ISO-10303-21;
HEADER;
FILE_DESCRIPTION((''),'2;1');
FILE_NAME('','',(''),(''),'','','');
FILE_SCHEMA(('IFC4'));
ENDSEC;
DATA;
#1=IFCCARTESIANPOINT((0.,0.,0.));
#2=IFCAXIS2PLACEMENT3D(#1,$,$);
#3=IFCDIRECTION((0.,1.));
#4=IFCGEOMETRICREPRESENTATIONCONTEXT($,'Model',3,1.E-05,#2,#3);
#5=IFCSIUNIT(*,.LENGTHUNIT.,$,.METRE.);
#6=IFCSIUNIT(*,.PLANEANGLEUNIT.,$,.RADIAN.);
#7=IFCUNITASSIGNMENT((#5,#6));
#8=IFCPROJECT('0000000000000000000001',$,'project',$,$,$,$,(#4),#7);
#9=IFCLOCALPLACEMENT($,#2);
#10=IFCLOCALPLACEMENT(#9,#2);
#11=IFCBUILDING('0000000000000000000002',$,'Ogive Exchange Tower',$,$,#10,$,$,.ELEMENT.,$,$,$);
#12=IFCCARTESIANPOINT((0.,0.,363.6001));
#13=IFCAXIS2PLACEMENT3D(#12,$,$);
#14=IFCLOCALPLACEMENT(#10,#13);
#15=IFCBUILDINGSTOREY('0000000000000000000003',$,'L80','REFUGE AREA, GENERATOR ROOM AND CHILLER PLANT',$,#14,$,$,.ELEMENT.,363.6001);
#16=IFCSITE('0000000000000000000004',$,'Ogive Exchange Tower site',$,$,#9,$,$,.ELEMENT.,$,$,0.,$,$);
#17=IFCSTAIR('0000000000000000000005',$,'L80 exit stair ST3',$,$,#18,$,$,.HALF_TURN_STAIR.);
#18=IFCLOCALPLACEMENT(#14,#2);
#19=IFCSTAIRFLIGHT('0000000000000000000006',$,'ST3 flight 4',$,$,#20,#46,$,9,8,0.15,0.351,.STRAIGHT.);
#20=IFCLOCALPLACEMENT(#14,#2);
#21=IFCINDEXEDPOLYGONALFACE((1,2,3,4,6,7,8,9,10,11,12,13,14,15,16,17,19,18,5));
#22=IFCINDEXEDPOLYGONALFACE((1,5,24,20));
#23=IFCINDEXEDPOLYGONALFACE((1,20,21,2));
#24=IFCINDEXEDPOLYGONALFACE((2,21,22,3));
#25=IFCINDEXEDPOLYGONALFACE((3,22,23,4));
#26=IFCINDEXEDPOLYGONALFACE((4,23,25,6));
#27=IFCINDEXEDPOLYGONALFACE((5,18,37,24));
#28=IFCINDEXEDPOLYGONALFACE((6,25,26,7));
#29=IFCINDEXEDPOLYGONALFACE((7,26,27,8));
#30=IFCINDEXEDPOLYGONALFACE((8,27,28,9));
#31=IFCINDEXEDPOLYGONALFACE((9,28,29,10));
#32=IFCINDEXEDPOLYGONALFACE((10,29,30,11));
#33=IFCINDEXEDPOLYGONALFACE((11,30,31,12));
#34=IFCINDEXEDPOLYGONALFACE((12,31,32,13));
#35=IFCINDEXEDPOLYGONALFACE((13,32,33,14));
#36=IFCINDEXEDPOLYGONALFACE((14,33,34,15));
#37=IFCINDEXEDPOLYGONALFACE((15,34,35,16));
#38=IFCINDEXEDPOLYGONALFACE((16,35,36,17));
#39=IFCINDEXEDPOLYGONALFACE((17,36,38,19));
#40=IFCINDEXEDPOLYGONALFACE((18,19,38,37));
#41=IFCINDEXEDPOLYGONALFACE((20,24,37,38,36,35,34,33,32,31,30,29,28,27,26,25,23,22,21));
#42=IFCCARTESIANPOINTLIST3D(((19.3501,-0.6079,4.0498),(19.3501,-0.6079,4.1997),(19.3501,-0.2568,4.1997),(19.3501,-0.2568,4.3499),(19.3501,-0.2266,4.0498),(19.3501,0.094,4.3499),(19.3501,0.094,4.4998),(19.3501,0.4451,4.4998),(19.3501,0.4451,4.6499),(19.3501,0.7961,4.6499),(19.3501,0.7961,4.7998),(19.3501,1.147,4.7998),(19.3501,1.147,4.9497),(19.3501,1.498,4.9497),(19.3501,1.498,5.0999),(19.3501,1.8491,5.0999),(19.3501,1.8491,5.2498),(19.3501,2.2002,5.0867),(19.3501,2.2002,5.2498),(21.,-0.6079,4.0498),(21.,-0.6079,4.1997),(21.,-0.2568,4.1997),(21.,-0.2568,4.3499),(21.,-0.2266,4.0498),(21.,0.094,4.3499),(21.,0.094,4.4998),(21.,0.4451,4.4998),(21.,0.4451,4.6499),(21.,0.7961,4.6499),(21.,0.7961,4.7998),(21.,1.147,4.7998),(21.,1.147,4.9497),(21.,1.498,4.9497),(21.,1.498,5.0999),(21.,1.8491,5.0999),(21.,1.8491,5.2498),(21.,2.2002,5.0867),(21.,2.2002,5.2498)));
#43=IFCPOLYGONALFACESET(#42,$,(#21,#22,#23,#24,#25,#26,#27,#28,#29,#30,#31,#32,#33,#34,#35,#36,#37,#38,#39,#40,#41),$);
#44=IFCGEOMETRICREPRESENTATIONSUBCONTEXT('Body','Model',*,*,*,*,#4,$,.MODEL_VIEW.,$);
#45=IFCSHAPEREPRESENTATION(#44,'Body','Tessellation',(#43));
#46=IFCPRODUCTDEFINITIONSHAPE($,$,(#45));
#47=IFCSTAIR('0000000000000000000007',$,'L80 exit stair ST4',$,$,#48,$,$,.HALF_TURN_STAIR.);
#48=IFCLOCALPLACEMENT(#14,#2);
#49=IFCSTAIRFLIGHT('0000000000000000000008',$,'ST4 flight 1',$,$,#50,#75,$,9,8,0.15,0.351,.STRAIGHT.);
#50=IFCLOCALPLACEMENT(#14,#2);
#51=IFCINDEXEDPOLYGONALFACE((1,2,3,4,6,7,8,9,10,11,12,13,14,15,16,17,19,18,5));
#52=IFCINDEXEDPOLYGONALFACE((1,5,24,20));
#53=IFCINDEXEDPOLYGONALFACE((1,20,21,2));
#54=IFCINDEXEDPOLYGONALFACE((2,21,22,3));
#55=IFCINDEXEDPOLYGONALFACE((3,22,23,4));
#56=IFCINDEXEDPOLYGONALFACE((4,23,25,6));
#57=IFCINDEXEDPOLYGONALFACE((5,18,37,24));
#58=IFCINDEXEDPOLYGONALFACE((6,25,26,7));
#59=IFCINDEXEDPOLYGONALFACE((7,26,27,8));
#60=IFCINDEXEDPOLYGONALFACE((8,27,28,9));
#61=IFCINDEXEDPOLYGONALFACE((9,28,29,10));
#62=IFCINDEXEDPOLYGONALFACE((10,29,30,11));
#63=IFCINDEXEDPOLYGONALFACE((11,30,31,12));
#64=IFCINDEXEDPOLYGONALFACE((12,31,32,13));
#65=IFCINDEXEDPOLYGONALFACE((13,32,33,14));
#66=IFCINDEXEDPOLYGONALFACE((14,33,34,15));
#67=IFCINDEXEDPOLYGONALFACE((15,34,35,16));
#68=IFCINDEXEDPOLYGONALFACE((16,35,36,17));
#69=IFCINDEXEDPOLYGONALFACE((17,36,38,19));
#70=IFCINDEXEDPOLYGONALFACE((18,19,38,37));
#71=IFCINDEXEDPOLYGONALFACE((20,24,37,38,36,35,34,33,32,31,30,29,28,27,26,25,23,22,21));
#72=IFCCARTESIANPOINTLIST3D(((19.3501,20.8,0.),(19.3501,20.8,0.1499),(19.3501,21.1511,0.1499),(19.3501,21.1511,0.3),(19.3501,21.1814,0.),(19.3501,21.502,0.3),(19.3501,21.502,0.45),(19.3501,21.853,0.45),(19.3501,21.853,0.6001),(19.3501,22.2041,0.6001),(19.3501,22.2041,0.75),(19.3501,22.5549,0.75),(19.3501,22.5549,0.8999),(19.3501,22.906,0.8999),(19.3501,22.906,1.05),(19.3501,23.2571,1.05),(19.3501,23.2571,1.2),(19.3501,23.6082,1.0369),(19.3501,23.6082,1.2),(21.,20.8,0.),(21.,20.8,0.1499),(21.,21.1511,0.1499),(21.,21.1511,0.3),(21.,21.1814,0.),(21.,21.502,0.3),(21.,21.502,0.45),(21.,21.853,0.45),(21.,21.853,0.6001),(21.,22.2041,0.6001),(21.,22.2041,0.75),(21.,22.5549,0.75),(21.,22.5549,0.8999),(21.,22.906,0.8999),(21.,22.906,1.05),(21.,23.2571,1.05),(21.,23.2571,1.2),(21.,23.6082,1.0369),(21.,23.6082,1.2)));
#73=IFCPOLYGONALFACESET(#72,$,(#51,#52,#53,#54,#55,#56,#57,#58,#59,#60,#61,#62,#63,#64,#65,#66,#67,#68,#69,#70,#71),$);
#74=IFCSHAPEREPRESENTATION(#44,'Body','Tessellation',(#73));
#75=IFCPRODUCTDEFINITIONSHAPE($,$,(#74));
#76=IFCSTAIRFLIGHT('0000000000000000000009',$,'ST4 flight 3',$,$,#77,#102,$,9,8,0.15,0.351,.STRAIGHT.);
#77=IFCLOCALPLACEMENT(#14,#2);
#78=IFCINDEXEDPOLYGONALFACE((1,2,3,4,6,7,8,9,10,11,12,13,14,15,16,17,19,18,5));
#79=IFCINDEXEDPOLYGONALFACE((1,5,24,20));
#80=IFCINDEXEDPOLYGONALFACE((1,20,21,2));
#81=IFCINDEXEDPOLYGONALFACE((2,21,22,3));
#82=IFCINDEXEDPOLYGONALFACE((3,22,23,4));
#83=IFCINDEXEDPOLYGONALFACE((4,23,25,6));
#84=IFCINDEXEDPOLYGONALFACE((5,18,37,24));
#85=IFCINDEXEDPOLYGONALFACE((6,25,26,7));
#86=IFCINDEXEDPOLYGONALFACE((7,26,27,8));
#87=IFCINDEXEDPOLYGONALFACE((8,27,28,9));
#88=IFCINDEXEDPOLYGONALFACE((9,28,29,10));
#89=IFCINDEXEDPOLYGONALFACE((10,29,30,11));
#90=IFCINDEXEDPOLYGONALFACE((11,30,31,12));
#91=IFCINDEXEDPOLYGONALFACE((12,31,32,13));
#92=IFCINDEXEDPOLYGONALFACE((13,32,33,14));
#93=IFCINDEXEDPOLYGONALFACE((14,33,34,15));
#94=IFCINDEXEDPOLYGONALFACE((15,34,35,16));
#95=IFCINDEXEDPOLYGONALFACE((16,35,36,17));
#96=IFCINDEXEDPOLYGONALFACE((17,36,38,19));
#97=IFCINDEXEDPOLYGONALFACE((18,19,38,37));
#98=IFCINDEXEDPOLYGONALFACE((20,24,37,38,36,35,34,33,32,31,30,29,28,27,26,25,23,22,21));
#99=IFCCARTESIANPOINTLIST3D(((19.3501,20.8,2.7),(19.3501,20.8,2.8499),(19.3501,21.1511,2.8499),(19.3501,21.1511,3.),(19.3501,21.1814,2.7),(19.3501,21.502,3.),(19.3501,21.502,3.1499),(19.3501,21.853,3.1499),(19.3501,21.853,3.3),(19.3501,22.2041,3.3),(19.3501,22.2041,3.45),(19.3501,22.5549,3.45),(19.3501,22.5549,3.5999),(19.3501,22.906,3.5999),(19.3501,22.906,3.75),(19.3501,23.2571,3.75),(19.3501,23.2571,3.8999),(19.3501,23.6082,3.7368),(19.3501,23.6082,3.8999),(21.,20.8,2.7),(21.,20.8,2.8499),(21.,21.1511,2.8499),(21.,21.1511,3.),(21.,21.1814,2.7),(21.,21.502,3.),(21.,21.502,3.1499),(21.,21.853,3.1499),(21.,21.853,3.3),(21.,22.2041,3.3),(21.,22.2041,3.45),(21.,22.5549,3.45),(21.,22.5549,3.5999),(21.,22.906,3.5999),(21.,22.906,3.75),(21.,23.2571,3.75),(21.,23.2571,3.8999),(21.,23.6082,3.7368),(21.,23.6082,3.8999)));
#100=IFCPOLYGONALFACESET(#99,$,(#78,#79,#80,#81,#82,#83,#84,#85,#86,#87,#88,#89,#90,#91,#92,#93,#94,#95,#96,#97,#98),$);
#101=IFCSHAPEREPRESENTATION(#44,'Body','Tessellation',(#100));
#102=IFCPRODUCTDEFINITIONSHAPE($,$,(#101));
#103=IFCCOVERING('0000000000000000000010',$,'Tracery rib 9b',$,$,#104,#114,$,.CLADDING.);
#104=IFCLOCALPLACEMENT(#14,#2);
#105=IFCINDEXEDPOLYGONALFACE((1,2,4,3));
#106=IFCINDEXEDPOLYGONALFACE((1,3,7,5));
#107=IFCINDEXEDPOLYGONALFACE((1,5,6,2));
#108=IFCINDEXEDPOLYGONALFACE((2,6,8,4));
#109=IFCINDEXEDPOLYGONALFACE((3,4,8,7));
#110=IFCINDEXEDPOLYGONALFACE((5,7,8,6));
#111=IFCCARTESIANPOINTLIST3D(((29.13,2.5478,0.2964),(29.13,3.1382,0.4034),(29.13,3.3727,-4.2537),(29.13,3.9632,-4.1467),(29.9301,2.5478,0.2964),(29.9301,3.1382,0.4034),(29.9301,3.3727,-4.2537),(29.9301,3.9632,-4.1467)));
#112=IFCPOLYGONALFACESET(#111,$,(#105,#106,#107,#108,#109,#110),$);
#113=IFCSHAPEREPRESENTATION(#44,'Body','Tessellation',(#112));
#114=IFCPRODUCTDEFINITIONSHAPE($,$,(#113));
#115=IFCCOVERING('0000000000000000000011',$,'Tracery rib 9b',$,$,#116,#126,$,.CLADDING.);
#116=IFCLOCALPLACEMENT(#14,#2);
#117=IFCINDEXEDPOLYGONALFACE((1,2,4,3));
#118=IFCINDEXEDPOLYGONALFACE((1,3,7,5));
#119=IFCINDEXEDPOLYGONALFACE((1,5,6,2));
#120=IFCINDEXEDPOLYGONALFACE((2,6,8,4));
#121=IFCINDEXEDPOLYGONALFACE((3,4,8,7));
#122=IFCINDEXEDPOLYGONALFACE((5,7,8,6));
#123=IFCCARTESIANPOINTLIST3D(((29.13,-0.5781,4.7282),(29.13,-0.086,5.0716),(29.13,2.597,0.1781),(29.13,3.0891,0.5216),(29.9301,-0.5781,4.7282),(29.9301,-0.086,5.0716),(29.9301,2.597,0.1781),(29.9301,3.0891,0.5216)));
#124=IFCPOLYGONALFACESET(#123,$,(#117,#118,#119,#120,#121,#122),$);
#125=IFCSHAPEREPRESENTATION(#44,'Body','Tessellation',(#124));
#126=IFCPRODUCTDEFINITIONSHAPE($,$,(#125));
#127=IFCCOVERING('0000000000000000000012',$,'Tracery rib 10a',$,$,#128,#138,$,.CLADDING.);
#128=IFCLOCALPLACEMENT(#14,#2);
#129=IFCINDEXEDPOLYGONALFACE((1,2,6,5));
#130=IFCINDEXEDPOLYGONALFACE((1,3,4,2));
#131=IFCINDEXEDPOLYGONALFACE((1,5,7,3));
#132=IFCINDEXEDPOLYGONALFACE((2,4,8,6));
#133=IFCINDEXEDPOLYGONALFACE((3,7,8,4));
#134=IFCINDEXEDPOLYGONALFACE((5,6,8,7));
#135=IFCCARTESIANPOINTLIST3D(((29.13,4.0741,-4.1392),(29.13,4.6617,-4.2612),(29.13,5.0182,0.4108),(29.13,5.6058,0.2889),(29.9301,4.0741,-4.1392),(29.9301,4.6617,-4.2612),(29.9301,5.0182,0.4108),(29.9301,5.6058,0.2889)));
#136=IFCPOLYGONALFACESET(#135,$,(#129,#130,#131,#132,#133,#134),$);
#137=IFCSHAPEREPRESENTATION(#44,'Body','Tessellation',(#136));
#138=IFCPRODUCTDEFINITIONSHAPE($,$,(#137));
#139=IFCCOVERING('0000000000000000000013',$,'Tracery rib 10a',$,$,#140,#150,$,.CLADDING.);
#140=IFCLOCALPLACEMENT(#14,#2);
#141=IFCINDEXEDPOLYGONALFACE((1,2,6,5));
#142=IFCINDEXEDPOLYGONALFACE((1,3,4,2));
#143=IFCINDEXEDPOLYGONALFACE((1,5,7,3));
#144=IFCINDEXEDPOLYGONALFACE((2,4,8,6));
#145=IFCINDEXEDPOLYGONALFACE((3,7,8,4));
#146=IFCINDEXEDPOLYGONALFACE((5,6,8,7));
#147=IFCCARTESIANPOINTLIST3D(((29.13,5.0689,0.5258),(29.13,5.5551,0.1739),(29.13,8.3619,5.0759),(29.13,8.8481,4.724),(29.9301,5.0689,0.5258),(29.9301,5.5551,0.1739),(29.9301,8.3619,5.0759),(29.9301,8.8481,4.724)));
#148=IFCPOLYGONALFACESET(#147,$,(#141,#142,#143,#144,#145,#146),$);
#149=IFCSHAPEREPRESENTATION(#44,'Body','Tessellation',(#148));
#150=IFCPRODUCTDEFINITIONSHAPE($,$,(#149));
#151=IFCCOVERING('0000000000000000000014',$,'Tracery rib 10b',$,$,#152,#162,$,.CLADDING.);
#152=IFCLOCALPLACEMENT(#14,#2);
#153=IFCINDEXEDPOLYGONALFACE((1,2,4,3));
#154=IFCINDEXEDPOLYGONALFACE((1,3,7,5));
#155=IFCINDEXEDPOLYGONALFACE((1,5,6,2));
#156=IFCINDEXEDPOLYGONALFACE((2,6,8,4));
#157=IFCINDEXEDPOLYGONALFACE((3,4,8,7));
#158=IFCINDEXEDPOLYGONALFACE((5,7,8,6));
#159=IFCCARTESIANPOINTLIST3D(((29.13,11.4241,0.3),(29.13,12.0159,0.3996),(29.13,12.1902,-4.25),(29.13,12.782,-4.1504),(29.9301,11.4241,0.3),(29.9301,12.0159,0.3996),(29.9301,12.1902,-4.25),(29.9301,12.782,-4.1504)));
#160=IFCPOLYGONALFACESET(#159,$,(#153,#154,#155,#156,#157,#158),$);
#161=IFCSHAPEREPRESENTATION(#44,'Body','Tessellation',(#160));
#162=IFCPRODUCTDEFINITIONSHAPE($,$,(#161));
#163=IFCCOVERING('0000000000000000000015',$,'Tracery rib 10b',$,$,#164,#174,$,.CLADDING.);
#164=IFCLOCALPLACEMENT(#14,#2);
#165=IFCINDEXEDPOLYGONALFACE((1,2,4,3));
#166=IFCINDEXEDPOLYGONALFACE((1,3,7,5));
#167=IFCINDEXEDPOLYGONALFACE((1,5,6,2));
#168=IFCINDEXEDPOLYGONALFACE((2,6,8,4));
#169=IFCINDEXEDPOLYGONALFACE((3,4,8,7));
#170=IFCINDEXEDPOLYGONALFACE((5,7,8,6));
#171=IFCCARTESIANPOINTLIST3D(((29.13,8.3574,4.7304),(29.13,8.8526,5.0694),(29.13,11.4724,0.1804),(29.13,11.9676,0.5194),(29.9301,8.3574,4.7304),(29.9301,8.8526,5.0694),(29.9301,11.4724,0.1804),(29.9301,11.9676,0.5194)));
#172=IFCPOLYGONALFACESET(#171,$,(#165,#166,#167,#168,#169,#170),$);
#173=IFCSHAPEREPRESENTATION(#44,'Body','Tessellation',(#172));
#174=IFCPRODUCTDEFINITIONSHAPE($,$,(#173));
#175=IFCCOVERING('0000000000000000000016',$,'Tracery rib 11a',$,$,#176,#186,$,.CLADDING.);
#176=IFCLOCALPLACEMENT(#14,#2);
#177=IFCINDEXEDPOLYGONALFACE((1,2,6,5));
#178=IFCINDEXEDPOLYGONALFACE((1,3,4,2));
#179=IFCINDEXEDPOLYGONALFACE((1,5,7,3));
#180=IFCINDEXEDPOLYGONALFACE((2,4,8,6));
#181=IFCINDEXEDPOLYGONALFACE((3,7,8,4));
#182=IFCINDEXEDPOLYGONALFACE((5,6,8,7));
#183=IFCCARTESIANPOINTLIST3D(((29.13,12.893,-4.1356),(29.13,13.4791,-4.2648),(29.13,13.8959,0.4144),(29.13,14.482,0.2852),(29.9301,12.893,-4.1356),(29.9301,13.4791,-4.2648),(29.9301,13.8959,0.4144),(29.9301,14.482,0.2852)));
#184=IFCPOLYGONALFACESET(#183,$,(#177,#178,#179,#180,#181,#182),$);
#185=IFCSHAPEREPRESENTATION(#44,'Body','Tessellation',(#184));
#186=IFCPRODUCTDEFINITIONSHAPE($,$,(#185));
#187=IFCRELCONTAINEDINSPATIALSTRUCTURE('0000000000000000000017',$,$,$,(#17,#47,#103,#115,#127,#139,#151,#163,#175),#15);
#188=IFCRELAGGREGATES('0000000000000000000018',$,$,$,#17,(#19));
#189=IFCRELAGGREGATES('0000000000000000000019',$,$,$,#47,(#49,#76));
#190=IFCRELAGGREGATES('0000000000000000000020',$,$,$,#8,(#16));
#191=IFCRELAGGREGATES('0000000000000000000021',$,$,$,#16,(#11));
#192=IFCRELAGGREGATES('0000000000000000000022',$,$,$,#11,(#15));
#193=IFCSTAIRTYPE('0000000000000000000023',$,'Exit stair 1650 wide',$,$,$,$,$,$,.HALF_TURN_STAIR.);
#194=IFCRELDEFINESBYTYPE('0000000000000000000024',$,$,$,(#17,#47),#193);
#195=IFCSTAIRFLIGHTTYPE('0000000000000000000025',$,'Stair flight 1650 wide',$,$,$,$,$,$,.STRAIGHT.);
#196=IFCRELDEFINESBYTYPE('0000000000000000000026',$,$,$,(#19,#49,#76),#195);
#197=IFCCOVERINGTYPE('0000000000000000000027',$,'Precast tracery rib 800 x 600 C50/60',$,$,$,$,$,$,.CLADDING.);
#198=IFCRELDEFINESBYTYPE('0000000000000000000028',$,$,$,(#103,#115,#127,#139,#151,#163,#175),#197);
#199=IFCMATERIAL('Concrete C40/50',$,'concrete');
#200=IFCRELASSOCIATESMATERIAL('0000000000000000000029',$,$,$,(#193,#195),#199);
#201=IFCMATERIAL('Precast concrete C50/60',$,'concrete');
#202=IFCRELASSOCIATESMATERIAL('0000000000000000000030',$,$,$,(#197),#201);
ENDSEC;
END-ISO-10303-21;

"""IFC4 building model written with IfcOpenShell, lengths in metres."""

from ifc_helpers import new_model, si_unit, direction, frame, origin, origin_2d, place, context, subcontext, project, spatial, polyline, rectangle, outline, extrude, material, material_profile, profile_set, type_object, element, aggregate, save


model = new_model("IFC4")

# Units and contexts
model_context = context("Model", 3, precision=1e-05, world=origin(), true_north=direction((0.0, 1.0)))
body_context = subcontext(model_context, "Body", "Model", "MODEL_VIEW")
ifc_project = project(units=[si_unit("LENGTHUNIT", "METRE"), si_unit("PLANEANGLEUNIT", "RADIAN")], contexts=[model_context])

# Site, building, storey
site_placement = place(None, origin())
site = spatial("IfcSite", under=ifc_project, at=site_placement, Name="Ogive Exchange Tower site", CompositionType="ELEMENT", RefElevation=0.0)
building_placement = place(site_placement, origin())
building = spatial("IfcBuilding", under=site, at=building_placement, Name="Ogive Exchange Tower", CompositionType="ELEMENT")
storey_placement = place(building_placement, frame((0.0, 0.0, 363.6001)))
storey = spatial("IfcBuildingStorey", under=building, at=storey_placement, Name="L80", Description="REFUGE AREA, GENERATOR ROOM AND CHILLER PLANT", CompositionType="ELEMENT", Elevation=363.6001)

# Stairs, stair flights
ifc_material_1 = material(Name="Concrete C40/50", Category="concrete")
stair_type = type_object("IfcStairType", Name="Exit stair 1650 wide", PredefinedType="HALF_TURN_STAIR", material=ifc_material_1)
stair_1_placement = place(storey_placement, origin())
stair_1 = element("IfcStair", 1, at=stair_1_placement, inside=storey, type_object=stair_type, Name="L80 exit stair ST3", PredefinedType="HALF_TURN_STAIR")
stair_flight_type = type_object("IfcStairFlightType", Name="Stair flight 1650 wide", PredefinedType="STRAIGHT", material=ifc_material_1)
stair_flight_1_placement = place(storey_placement, frame((20.175, -0.6079, 4.0498), z_axis=(0.0, 0.0, 1.0), x_axis=(0.0, 1.0, 0.0)))
stair_flight_1 = element("IfcStairFlight", 2, at=stair_flight_1_placement, type_object=stair_flight_type, Name="ST3 flight 4", NumberOfRisers=9, NumberOfTreads=8, PredefinedType="STRAIGHT", RiserHeight=0.15, TreadLength=0.351, context=body_context, shape_type="SweptSolid", body=[
    extrude(outline(polyline([(0.0, 0.0), (0.0, 0.1499), (0.3511, 0.1499), (0.3511, 0.3), (0.7019, 0.3), (0.7019, 0.45), (1.053, 0.45), (1.053, 0.6001), (1.4041, 0.6001), (1.4041, 0.75), (1.7549, 0.75), (1.7549, 0.8999), (2.106, 0.8999), (2.106, 1.05), (2.457, 1.05), (2.457, 1.2), (2.8081, 1.2), (2.8081, 1.3501), (2.8081, 1.0369), (0.3813, 0.0), (0.0, 0.0)])), frame((0.0, 0.825, 0.0), z_axis=(0.0, -1.0, 0.0), x_axis=(1.0, 0.0, 0.0)), (0.0, 0.0, 1.0), 1.6499),
])
aggregate(stair_1, [stair_flight_1])
stair_2_placement = place(storey_placement, origin())
stair_2 = element("IfcStair", 3, at=stair_2_placement, inside=storey, type_object=stair_type, Name="L80 exit stair ST4", PredefinedType="HALF_TURN_STAIR")
stair_flight_2_placement = place(storey_placement, frame((20.175, 20.8, 0.0), z_axis=(0.0, 0.0, 1.0), x_axis=(0.0, 1.0, 0.0)))
stair_flight_2 = element("IfcStairFlight", 4, at=stair_flight_2_placement, type_object=stair_flight_type, Name="ST4 flight 1", NumberOfRisers=9, NumberOfTreads=8, PredefinedType="STRAIGHT", RiserHeight=0.15, TreadLength=0.351, context=body_context, shape_type="SweptSolid", body=[
    extrude(outline(polyline([(0.0, 0.0), (0.0, 0.1499), (0.3511, 0.1499), (0.3511, 0.3), (0.7019, 0.3), (0.7019, 0.45), (1.053, 0.45), (1.053, 0.6001), (1.4041, 0.6001), (1.4041, 0.75), (1.7549, 0.75), (1.7549, 0.8999), (2.106, 0.8999), (2.106, 1.05), (2.457, 1.05), (2.457, 1.2), (2.8081, 1.2), (2.8081, 1.3501), (2.8081, 1.0369), (0.3813, 0.0), (0.0, 0.0)])), frame((0.0, 0.825, 0.0), z_axis=(0.0, -1.0, 0.0), x_axis=(1.0, 0.0, 0.0)), (0.0, 0.0, 1.0), 1.6499),
])
stair_flight_3_placement = place(storey_placement, frame((20.175, 20.8, 2.7), z_axis=(0.0, 0.0, 1.0), x_axis=(0.0, 1.0, 0.0)))
stair_flight_3 = element("IfcStairFlight", 5, at=stair_flight_3_placement, type_object=stair_flight_type, Name="ST4 flight 3", NumberOfRisers=9, NumberOfTreads=8, PredefinedType="STRAIGHT", RiserHeight=0.15, TreadLength=0.351, context=body_context, shape_type="SweptSolid", body=[
    extrude(outline(polyline([(0.0, 0.0), (0.0, 0.1499), (0.3511, 0.1499), (0.3511, 0.3), (0.7019, 0.3), (0.7019, 0.45), (1.053, 0.45), (1.053, 0.6001), (1.4041, 0.6001), (1.4041, 0.75), (1.7549, 0.75), (1.7549, 0.8999), (2.106, 0.8999), (2.106, 1.05), (2.457, 1.05), (2.457, 1.2), (2.8081, 1.2), (2.8081, 1.3501), (2.8081, 1.0369), (0.3813, 0.0), (0.0, 0.0)])), frame((0.0, 0.825, 0.0), z_axis=(0.0, -1.0, 0.0), x_axis=(1.0, 0.0, 0.0)), (0.0, 0.0, 1.0), 1.6499),
])
aggregate(stair_2, [stair_flight_2, stair_flight_3])

# Coverings
ifc_material_2 = material(Name="Precast concrete C50/60", Category="concrete")
ifc_material_profile_1 = material_profile(ifc_material_2, rectangle(XDim=0.8, YDim=0.6001, at=origin_2d()), Name="RIB 800 x 600")
ifc_profile_set_1 = profile_set([ifc_material_profile_1], Name="Precast concrete C50/60")
covering_type = type_object("IfcCoveringType", Name="Precast tracery rib 800 x 600 C50/60", PredefinedType="CLADDING", material=ifc_profile_set_1)
covering_1_placement = place(storey_placement, frame((29.53, 3.668, -4.2002), z_axis=(0.0, -0.178398, 0.983958), x_axis=(1.0, 0.0, 0.0)))
element("IfcCovering", 6, at=covering_1_placement, inside=storey, type_object=covering_type, Name="Tracery rib 9b", PredefinedType="CLADDING", context=body_context, shape_type="SweptSolid", body=[
    extrude(rectangle(XDim=0.8, YDim=0.6001, at=origin_2d()), origin(), (0.0, 0.0, 1.0), 4.6243),
])
covering_2_placement = place(storey_placement, frame((29.53, 2.843, 0.3499), z_axis=(0.0, -0.572254, 0.820077), x_axis=(1.0, 0.0, 0.0)))
element("IfcCovering", 7, at=covering_2_placement, inside=storey, type_object=covering_type, Name="Tracery rib 9b", PredefinedType="CLADDING", context=body_context, shape_type="SweptSolid", body=[
    extrude(rectangle(XDim=0.8, YDim=0.6001, at=origin_2d()), origin(), (0.0, 0.0, 1.0), 5.5483),
])
covering_3_placement = place(storey_placement, frame((29.53, 4.3679, -4.2002), z_axis=(0.0, 0.203163, 0.979145), x_axis=(-1.0, 0.0, 0.0)))
element("IfcCovering", 8, at=covering_3_placement, inside=storey, type_object=covering_type, Name="Tracery rib 10a", PredefinedType="CLADDING", context=body_context, shape_type="SweptSolid", body=[
    extrude(rectangle(XDim=0.8, YDim=0.6001, at=origin_2d()), origin(), (0.0, 0.0, 1.0), 4.647),
])
covering_4_placement = place(storey_placement, frame((29.53, 5.312, 0.3499), z_axis=(0.0, 0.586289, 0.810102), x_axis=(-1.0, 0.0, 0.0)))
element("IfcCovering", 9, at=covering_4_placement, inside=storey, type_object=covering_type, Name="Tracery rib 10a", PredefinedType="CLADDING", context=body_context, shape_type="SweptSolid", body=[
    extrude(rectangle(XDim=0.8, YDim=0.6001, at=origin_2d()), origin(), (0.0, 0.0, 1.0), 5.6167),
])
covering_5_placement = place(storey_placement, frame((29.53, 12.4861, -4.2002), z_axis=(0.0, -0.166038, 0.986119), x_axis=(1.0, 0.0, 0.0)))
element("IfcCovering", 10, at=covering_5_placement, inside=storey, type_object=covering_type, Name="Tracery rib 10b", PredefinedType="CLADDING", context=body_context, shape_type="SweptSolid", body=[
    extrude(rectangle(XDim=0.8, YDim=0.6001, at=origin_2d()), origin(), (0.0, 0.0, 1.0), 4.614),
])
covering_6_placement = place(storey_placement, frame((29.53, 11.72, 0.3499), z_axis=(0.0, -0.564906, 0.825155), x_axis=(1.0, 0.0, 0.0)))
element("IfcCovering", 11, at=covering_6_placement, inside=storey, type_object=covering_type, Name="Tracery rib 10b", PredefinedType="CLADDING", context=body_context, shape_type="SweptSolid", body=[
    extrude(rectangle(XDim=0.8, YDim=0.6001, at=origin_2d()), origin(), (0.0, 0.0, 1.0), 5.5142),
])
covering_7_placement = place(storey_placement, frame((29.53, 13.186, -4.2002), z_axis=(0.0, 0.215255, 0.976558), x_axis=(-1.0, 0.0, 0.0)))
element("IfcCovering", 12, at=covering_7_placement, inside=storey, type_object=covering_type, Name="Tracery rib 11a", PredefinedType="CLADDING", context=body_context, shape_type="SweptSolid", body=[
    extrude(rectangle(XDim=0.8, YDim=0.6001, at=origin_2d()), origin(), (0.0, 0.0, 1.0), 4.6592),
])

save(model, "model.ifc")
